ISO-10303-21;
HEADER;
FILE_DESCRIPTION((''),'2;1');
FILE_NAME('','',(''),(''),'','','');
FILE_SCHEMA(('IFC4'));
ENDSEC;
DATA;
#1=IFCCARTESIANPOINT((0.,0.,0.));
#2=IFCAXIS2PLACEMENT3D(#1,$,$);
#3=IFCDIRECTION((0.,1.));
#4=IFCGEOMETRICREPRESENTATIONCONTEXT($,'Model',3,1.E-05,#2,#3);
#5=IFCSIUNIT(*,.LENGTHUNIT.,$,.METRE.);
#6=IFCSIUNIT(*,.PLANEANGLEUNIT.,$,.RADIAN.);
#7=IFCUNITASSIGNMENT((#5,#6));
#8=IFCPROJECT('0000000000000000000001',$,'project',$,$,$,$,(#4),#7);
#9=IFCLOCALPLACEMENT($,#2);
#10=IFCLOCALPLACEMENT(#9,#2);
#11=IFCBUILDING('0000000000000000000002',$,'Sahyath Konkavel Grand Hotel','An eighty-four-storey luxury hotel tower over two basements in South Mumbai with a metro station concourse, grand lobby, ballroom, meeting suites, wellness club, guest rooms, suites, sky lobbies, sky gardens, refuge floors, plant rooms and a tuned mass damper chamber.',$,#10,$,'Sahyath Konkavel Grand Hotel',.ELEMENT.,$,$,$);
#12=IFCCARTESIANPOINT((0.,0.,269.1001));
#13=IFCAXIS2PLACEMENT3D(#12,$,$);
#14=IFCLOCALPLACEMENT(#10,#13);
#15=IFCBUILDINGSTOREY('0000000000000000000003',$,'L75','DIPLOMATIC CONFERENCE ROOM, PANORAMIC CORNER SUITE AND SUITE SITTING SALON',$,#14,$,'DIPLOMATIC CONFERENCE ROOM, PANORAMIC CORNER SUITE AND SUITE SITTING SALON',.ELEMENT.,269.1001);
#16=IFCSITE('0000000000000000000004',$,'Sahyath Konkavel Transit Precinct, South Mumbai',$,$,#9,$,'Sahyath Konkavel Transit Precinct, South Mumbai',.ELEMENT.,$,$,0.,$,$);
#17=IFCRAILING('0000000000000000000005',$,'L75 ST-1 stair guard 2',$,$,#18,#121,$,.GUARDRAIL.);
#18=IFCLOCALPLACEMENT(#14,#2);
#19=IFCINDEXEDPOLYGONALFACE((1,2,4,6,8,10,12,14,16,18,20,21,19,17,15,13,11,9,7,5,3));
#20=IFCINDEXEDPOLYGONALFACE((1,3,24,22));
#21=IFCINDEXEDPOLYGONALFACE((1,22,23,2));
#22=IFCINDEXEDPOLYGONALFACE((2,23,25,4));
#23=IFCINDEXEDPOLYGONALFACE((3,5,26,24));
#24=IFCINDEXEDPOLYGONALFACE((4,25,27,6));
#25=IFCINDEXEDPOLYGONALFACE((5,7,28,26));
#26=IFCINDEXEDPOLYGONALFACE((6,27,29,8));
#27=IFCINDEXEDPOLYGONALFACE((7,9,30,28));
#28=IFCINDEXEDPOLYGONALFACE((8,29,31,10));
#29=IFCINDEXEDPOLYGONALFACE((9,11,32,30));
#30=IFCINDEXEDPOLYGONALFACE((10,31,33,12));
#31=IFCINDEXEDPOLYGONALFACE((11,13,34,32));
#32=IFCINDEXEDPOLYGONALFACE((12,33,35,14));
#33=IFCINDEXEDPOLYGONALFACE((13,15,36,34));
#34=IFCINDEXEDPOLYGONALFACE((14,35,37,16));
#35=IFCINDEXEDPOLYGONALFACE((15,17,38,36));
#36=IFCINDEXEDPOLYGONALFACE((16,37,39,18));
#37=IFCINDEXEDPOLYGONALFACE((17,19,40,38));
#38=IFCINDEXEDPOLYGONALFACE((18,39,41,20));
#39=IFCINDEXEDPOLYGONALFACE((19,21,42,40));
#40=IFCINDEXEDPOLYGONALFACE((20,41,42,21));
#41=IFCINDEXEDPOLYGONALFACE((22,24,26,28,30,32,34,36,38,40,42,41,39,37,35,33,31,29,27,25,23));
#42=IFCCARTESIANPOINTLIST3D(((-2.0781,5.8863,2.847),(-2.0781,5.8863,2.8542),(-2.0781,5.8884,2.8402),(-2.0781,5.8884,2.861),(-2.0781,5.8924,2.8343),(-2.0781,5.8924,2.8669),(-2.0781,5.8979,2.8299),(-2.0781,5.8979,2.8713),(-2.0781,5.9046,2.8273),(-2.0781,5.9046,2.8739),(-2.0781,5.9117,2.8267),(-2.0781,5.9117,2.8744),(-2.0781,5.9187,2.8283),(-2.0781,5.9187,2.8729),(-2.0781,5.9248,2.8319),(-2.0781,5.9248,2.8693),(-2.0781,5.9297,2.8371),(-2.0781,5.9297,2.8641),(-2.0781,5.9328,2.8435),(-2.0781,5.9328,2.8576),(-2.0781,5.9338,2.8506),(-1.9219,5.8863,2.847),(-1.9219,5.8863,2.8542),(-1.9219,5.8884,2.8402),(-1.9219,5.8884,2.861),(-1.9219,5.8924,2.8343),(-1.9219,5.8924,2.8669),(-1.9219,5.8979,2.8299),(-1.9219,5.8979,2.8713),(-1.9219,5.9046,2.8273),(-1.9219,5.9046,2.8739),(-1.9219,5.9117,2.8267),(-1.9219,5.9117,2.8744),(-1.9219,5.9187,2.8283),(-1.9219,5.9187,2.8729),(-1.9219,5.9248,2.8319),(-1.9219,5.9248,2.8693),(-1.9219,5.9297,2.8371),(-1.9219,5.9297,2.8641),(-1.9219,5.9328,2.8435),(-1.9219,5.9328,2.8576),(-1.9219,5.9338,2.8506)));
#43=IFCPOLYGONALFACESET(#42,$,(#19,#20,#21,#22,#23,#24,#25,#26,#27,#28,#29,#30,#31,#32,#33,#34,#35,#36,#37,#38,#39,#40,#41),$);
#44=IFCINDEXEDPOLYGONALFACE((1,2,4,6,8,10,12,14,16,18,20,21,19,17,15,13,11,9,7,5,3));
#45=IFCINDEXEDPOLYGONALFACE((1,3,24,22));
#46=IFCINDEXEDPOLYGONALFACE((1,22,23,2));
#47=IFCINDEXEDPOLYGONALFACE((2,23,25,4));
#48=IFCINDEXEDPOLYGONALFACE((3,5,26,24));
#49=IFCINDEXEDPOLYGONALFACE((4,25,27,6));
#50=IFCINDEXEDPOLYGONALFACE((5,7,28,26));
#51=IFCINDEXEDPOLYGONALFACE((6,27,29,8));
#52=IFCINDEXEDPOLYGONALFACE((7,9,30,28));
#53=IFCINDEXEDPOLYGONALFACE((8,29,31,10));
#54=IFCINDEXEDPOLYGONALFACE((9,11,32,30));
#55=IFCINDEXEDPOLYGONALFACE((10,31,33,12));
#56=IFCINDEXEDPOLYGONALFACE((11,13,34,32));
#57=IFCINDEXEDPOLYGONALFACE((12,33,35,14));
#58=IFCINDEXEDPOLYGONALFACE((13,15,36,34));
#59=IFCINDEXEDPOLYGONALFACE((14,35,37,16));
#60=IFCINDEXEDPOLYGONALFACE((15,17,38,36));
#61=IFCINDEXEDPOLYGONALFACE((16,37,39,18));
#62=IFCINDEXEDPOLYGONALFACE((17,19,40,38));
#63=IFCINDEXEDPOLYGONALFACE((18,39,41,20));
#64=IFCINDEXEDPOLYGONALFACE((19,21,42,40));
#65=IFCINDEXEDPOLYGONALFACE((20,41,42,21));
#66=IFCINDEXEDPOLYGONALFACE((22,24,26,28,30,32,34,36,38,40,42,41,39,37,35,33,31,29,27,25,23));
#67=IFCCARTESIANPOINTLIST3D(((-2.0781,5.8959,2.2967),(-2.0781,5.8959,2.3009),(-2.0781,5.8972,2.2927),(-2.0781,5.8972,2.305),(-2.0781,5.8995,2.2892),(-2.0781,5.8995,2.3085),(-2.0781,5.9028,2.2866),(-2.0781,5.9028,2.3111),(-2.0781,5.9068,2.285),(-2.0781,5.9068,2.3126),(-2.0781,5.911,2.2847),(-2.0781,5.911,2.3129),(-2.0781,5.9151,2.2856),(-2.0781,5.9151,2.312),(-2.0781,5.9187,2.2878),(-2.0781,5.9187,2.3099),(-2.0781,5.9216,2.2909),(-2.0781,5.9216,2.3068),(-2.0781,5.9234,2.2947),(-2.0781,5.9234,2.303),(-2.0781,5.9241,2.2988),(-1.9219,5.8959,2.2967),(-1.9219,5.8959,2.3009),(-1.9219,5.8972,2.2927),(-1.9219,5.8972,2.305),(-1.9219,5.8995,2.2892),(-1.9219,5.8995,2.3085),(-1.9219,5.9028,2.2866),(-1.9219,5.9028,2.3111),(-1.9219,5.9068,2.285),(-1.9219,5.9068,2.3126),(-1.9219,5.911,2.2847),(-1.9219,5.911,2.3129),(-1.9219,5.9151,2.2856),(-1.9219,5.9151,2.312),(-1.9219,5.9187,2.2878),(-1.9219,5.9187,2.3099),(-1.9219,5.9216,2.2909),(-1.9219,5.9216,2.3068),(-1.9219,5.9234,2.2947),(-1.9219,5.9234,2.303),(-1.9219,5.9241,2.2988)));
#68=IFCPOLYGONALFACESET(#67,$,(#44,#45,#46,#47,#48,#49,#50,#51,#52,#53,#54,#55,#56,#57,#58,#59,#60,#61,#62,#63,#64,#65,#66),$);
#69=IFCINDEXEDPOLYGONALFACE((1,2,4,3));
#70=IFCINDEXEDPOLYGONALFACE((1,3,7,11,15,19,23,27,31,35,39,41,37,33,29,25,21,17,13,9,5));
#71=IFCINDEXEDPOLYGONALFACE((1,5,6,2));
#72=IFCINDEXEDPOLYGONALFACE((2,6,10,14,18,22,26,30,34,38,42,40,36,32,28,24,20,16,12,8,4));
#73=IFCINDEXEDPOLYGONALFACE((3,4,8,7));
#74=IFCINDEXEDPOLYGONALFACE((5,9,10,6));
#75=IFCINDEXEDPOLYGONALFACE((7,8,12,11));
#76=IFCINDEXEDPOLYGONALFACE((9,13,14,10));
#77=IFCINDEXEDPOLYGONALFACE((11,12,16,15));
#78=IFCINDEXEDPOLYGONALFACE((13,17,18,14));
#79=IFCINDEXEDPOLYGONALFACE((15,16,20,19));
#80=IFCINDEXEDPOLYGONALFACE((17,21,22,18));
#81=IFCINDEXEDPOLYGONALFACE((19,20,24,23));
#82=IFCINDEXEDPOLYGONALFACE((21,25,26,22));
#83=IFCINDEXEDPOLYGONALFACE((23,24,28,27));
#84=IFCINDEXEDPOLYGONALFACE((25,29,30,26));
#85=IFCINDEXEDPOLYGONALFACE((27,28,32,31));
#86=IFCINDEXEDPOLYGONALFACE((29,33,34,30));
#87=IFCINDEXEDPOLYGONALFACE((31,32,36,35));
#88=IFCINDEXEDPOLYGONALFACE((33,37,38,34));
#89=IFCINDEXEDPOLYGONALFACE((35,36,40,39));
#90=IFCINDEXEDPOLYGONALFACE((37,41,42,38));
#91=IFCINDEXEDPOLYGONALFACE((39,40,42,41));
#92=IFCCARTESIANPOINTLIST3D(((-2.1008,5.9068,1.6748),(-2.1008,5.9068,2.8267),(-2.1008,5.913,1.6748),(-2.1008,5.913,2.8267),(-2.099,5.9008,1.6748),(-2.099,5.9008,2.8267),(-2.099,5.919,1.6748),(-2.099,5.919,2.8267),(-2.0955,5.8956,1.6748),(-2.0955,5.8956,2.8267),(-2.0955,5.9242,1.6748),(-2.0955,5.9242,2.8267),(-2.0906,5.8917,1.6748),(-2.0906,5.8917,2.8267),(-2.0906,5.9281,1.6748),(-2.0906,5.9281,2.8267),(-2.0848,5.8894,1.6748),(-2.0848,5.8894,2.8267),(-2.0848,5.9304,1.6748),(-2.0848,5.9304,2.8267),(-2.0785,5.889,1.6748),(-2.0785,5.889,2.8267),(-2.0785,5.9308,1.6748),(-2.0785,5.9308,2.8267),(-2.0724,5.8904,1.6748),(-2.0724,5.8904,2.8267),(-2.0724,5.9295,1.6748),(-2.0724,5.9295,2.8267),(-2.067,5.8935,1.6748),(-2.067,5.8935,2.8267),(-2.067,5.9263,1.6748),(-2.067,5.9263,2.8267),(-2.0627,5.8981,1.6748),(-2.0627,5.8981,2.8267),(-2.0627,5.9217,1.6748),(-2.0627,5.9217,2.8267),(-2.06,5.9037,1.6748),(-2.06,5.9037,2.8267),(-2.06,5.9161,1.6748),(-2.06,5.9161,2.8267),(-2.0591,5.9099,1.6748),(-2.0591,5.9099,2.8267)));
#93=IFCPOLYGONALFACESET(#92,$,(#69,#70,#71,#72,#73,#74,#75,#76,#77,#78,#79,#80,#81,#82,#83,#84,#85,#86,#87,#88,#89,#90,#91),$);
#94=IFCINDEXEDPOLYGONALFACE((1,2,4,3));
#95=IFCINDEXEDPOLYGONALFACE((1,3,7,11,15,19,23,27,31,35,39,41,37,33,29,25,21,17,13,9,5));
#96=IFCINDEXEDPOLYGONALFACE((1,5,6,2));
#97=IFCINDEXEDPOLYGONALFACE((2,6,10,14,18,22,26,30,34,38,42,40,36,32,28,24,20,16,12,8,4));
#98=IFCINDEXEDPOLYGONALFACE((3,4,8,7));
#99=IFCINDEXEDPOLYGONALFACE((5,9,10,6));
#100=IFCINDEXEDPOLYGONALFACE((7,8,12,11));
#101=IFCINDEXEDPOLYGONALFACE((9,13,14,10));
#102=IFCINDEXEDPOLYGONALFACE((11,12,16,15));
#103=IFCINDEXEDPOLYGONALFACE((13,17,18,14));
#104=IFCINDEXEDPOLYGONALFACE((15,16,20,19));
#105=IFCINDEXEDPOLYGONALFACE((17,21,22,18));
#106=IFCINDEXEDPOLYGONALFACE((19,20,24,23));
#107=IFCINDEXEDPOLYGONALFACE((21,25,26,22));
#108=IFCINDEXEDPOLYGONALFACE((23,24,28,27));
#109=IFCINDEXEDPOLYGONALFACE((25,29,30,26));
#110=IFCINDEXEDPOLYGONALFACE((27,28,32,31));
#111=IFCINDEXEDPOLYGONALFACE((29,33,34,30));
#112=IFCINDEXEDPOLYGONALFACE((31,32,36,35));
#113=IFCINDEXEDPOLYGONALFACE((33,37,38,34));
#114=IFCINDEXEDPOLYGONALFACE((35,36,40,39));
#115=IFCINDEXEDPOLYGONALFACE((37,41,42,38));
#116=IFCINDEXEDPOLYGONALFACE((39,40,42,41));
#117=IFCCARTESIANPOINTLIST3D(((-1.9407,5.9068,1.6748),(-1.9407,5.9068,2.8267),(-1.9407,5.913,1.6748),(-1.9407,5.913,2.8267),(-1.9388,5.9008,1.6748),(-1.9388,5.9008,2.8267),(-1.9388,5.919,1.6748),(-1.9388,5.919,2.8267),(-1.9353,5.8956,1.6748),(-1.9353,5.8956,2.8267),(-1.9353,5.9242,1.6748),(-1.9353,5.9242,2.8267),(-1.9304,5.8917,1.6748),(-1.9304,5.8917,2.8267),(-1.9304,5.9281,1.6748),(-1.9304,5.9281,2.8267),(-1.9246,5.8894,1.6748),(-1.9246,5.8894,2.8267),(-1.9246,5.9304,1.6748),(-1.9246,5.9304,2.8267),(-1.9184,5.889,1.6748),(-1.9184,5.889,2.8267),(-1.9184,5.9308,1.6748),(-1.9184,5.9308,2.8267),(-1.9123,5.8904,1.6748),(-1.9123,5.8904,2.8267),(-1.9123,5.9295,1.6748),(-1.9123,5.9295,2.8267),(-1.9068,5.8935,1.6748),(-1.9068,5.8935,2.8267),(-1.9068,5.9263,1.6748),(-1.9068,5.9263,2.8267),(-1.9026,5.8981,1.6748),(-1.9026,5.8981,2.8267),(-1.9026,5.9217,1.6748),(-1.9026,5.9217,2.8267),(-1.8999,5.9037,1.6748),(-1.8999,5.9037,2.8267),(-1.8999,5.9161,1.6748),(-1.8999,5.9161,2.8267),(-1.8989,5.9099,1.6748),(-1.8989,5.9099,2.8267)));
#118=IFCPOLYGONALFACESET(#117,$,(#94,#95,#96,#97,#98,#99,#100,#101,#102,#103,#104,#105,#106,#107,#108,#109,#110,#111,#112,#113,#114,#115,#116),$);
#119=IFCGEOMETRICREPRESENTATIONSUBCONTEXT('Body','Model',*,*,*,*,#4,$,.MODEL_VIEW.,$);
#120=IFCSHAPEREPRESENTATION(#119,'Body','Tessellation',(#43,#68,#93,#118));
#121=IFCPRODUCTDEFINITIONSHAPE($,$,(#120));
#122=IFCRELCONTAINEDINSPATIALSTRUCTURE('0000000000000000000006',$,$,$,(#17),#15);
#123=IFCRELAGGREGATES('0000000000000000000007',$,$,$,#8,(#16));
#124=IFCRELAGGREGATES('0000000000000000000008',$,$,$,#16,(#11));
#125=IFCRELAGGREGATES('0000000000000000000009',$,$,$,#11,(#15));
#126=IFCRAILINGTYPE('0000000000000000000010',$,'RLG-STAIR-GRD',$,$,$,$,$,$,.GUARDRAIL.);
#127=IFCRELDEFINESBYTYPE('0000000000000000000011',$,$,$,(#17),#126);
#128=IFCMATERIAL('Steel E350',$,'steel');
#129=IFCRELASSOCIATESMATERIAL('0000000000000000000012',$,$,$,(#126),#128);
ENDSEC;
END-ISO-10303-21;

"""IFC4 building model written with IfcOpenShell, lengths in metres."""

from ifc_helpers import new_model, si_unit, direction, frame, origin, origin_2d, place, context, subcontext, project, spatial, circle, extrude, material, type_object, element, save


model = new_model("IFC4")

# Units and contexts
model_context = context("Model", 3, precision=1e-05, world=origin(), true_north=direction((0.0, 1.0)))
body_context = subcontext(model_context, "Body", "Model", "MODEL_VIEW")
ifc_project = project(units=[si_unit("LENGTHUNIT", "METRE"), si_unit("PLANEANGLEUNIT", "RADIAN")], contexts=[model_context])

# Site, building, storey
site_placement = place(None, origin())
site = spatial("IfcSite", under=ifc_project, at=site_placement, Name="Sahyath Konkavel Transit Precinct, South Mumbai", LongName="Sahyath Konkavel Transit Precinct, South Mumbai", CompositionType="ELEMENT", RefElevation=0.0)
building_placement = place(site_placement, origin())
building = spatial("IfcBuilding", under=site, at=building_placement, Name="Sahyath Konkavel Grand Hotel", Description="An eighty-four-storey luxury hotel tower over two basements in South Mumbai with a metro station concourse, grand lobby, ballroom, meeting suites, wellness club, guest rooms, suites, sky lobbies, sky gardens, refuge floors, plant rooms and a tuned mass damper chamber.", LongName="Sahyath Konkavel Grand Hotel", CompositionType="ELEMENT")
storey_placement = place(building_placement, frame((0.0, 0.0, 269.1001)))
storey = spatial("IfcBuildingStorey", under=building, at=storey_placement, Name="L75", Description="DIPLOMATIC CONFERENCE ROOM, PANORAMIC CORNER SUITE AND SUITE SITTING SALON", LongName="DIPLOMATIC CONFERENCE ROOM, PANORAMIC CORNER SUITE AND SUITE SITTING SALON", CompositionType="ELEMENT", Elevation=269.1001)

# Shared definitions
ifc_material_1 = material(Name="Steel E350", Category="steel")

# Railing
railing_type_1 = type_object("IfcRailingType", Name="RLG-STAIR-GRD", PredefinedType="GUARDRAIL", material=ifc_material_1)
railing_1_placement = place(storey_placement, frame((-2.0801, 5.9099, 1.6748)))
element("IfcRailing", 1, at=railing_1_placement, inside=storey, type_object=railing_type_1, Name="L75 ST-1 stair guard 2", PredefinedType="GUARDRAIL", context=body_context, shape_type="SweptSolid", body=[
    extrude(circle(Radius=0.0239, at=origin_2d()), frame((0.002, 0.0, 1.1758), z_axis=(1.0, 0.0, 0.0), x_axis=(0.0, 1.0, 0.0)), (0.0, 0.0, 1.0), 0.1562),
    extrude(circle(Radius=0.0142, at=origin_2d()), frame((0.002, 0.0, 0.624), z_axis=(1.0, 0.0, 0.0), x_axis=(0.0, 1.0, 0.0)), (0.0, 0.0, 1.0), 0.1562),
    extrude(circle(Radius=0.021, at=origin_2d()), origin(), (0.0, 0.0, 1.0), 1.1519),
    extrude(circle(Radius=0.021, at=origin_2d()), frame((0.1602, 0.0, 0.0)), (0.0, 0.0, 1.0), 1.1519),
])

save(model, "model.ifc")
